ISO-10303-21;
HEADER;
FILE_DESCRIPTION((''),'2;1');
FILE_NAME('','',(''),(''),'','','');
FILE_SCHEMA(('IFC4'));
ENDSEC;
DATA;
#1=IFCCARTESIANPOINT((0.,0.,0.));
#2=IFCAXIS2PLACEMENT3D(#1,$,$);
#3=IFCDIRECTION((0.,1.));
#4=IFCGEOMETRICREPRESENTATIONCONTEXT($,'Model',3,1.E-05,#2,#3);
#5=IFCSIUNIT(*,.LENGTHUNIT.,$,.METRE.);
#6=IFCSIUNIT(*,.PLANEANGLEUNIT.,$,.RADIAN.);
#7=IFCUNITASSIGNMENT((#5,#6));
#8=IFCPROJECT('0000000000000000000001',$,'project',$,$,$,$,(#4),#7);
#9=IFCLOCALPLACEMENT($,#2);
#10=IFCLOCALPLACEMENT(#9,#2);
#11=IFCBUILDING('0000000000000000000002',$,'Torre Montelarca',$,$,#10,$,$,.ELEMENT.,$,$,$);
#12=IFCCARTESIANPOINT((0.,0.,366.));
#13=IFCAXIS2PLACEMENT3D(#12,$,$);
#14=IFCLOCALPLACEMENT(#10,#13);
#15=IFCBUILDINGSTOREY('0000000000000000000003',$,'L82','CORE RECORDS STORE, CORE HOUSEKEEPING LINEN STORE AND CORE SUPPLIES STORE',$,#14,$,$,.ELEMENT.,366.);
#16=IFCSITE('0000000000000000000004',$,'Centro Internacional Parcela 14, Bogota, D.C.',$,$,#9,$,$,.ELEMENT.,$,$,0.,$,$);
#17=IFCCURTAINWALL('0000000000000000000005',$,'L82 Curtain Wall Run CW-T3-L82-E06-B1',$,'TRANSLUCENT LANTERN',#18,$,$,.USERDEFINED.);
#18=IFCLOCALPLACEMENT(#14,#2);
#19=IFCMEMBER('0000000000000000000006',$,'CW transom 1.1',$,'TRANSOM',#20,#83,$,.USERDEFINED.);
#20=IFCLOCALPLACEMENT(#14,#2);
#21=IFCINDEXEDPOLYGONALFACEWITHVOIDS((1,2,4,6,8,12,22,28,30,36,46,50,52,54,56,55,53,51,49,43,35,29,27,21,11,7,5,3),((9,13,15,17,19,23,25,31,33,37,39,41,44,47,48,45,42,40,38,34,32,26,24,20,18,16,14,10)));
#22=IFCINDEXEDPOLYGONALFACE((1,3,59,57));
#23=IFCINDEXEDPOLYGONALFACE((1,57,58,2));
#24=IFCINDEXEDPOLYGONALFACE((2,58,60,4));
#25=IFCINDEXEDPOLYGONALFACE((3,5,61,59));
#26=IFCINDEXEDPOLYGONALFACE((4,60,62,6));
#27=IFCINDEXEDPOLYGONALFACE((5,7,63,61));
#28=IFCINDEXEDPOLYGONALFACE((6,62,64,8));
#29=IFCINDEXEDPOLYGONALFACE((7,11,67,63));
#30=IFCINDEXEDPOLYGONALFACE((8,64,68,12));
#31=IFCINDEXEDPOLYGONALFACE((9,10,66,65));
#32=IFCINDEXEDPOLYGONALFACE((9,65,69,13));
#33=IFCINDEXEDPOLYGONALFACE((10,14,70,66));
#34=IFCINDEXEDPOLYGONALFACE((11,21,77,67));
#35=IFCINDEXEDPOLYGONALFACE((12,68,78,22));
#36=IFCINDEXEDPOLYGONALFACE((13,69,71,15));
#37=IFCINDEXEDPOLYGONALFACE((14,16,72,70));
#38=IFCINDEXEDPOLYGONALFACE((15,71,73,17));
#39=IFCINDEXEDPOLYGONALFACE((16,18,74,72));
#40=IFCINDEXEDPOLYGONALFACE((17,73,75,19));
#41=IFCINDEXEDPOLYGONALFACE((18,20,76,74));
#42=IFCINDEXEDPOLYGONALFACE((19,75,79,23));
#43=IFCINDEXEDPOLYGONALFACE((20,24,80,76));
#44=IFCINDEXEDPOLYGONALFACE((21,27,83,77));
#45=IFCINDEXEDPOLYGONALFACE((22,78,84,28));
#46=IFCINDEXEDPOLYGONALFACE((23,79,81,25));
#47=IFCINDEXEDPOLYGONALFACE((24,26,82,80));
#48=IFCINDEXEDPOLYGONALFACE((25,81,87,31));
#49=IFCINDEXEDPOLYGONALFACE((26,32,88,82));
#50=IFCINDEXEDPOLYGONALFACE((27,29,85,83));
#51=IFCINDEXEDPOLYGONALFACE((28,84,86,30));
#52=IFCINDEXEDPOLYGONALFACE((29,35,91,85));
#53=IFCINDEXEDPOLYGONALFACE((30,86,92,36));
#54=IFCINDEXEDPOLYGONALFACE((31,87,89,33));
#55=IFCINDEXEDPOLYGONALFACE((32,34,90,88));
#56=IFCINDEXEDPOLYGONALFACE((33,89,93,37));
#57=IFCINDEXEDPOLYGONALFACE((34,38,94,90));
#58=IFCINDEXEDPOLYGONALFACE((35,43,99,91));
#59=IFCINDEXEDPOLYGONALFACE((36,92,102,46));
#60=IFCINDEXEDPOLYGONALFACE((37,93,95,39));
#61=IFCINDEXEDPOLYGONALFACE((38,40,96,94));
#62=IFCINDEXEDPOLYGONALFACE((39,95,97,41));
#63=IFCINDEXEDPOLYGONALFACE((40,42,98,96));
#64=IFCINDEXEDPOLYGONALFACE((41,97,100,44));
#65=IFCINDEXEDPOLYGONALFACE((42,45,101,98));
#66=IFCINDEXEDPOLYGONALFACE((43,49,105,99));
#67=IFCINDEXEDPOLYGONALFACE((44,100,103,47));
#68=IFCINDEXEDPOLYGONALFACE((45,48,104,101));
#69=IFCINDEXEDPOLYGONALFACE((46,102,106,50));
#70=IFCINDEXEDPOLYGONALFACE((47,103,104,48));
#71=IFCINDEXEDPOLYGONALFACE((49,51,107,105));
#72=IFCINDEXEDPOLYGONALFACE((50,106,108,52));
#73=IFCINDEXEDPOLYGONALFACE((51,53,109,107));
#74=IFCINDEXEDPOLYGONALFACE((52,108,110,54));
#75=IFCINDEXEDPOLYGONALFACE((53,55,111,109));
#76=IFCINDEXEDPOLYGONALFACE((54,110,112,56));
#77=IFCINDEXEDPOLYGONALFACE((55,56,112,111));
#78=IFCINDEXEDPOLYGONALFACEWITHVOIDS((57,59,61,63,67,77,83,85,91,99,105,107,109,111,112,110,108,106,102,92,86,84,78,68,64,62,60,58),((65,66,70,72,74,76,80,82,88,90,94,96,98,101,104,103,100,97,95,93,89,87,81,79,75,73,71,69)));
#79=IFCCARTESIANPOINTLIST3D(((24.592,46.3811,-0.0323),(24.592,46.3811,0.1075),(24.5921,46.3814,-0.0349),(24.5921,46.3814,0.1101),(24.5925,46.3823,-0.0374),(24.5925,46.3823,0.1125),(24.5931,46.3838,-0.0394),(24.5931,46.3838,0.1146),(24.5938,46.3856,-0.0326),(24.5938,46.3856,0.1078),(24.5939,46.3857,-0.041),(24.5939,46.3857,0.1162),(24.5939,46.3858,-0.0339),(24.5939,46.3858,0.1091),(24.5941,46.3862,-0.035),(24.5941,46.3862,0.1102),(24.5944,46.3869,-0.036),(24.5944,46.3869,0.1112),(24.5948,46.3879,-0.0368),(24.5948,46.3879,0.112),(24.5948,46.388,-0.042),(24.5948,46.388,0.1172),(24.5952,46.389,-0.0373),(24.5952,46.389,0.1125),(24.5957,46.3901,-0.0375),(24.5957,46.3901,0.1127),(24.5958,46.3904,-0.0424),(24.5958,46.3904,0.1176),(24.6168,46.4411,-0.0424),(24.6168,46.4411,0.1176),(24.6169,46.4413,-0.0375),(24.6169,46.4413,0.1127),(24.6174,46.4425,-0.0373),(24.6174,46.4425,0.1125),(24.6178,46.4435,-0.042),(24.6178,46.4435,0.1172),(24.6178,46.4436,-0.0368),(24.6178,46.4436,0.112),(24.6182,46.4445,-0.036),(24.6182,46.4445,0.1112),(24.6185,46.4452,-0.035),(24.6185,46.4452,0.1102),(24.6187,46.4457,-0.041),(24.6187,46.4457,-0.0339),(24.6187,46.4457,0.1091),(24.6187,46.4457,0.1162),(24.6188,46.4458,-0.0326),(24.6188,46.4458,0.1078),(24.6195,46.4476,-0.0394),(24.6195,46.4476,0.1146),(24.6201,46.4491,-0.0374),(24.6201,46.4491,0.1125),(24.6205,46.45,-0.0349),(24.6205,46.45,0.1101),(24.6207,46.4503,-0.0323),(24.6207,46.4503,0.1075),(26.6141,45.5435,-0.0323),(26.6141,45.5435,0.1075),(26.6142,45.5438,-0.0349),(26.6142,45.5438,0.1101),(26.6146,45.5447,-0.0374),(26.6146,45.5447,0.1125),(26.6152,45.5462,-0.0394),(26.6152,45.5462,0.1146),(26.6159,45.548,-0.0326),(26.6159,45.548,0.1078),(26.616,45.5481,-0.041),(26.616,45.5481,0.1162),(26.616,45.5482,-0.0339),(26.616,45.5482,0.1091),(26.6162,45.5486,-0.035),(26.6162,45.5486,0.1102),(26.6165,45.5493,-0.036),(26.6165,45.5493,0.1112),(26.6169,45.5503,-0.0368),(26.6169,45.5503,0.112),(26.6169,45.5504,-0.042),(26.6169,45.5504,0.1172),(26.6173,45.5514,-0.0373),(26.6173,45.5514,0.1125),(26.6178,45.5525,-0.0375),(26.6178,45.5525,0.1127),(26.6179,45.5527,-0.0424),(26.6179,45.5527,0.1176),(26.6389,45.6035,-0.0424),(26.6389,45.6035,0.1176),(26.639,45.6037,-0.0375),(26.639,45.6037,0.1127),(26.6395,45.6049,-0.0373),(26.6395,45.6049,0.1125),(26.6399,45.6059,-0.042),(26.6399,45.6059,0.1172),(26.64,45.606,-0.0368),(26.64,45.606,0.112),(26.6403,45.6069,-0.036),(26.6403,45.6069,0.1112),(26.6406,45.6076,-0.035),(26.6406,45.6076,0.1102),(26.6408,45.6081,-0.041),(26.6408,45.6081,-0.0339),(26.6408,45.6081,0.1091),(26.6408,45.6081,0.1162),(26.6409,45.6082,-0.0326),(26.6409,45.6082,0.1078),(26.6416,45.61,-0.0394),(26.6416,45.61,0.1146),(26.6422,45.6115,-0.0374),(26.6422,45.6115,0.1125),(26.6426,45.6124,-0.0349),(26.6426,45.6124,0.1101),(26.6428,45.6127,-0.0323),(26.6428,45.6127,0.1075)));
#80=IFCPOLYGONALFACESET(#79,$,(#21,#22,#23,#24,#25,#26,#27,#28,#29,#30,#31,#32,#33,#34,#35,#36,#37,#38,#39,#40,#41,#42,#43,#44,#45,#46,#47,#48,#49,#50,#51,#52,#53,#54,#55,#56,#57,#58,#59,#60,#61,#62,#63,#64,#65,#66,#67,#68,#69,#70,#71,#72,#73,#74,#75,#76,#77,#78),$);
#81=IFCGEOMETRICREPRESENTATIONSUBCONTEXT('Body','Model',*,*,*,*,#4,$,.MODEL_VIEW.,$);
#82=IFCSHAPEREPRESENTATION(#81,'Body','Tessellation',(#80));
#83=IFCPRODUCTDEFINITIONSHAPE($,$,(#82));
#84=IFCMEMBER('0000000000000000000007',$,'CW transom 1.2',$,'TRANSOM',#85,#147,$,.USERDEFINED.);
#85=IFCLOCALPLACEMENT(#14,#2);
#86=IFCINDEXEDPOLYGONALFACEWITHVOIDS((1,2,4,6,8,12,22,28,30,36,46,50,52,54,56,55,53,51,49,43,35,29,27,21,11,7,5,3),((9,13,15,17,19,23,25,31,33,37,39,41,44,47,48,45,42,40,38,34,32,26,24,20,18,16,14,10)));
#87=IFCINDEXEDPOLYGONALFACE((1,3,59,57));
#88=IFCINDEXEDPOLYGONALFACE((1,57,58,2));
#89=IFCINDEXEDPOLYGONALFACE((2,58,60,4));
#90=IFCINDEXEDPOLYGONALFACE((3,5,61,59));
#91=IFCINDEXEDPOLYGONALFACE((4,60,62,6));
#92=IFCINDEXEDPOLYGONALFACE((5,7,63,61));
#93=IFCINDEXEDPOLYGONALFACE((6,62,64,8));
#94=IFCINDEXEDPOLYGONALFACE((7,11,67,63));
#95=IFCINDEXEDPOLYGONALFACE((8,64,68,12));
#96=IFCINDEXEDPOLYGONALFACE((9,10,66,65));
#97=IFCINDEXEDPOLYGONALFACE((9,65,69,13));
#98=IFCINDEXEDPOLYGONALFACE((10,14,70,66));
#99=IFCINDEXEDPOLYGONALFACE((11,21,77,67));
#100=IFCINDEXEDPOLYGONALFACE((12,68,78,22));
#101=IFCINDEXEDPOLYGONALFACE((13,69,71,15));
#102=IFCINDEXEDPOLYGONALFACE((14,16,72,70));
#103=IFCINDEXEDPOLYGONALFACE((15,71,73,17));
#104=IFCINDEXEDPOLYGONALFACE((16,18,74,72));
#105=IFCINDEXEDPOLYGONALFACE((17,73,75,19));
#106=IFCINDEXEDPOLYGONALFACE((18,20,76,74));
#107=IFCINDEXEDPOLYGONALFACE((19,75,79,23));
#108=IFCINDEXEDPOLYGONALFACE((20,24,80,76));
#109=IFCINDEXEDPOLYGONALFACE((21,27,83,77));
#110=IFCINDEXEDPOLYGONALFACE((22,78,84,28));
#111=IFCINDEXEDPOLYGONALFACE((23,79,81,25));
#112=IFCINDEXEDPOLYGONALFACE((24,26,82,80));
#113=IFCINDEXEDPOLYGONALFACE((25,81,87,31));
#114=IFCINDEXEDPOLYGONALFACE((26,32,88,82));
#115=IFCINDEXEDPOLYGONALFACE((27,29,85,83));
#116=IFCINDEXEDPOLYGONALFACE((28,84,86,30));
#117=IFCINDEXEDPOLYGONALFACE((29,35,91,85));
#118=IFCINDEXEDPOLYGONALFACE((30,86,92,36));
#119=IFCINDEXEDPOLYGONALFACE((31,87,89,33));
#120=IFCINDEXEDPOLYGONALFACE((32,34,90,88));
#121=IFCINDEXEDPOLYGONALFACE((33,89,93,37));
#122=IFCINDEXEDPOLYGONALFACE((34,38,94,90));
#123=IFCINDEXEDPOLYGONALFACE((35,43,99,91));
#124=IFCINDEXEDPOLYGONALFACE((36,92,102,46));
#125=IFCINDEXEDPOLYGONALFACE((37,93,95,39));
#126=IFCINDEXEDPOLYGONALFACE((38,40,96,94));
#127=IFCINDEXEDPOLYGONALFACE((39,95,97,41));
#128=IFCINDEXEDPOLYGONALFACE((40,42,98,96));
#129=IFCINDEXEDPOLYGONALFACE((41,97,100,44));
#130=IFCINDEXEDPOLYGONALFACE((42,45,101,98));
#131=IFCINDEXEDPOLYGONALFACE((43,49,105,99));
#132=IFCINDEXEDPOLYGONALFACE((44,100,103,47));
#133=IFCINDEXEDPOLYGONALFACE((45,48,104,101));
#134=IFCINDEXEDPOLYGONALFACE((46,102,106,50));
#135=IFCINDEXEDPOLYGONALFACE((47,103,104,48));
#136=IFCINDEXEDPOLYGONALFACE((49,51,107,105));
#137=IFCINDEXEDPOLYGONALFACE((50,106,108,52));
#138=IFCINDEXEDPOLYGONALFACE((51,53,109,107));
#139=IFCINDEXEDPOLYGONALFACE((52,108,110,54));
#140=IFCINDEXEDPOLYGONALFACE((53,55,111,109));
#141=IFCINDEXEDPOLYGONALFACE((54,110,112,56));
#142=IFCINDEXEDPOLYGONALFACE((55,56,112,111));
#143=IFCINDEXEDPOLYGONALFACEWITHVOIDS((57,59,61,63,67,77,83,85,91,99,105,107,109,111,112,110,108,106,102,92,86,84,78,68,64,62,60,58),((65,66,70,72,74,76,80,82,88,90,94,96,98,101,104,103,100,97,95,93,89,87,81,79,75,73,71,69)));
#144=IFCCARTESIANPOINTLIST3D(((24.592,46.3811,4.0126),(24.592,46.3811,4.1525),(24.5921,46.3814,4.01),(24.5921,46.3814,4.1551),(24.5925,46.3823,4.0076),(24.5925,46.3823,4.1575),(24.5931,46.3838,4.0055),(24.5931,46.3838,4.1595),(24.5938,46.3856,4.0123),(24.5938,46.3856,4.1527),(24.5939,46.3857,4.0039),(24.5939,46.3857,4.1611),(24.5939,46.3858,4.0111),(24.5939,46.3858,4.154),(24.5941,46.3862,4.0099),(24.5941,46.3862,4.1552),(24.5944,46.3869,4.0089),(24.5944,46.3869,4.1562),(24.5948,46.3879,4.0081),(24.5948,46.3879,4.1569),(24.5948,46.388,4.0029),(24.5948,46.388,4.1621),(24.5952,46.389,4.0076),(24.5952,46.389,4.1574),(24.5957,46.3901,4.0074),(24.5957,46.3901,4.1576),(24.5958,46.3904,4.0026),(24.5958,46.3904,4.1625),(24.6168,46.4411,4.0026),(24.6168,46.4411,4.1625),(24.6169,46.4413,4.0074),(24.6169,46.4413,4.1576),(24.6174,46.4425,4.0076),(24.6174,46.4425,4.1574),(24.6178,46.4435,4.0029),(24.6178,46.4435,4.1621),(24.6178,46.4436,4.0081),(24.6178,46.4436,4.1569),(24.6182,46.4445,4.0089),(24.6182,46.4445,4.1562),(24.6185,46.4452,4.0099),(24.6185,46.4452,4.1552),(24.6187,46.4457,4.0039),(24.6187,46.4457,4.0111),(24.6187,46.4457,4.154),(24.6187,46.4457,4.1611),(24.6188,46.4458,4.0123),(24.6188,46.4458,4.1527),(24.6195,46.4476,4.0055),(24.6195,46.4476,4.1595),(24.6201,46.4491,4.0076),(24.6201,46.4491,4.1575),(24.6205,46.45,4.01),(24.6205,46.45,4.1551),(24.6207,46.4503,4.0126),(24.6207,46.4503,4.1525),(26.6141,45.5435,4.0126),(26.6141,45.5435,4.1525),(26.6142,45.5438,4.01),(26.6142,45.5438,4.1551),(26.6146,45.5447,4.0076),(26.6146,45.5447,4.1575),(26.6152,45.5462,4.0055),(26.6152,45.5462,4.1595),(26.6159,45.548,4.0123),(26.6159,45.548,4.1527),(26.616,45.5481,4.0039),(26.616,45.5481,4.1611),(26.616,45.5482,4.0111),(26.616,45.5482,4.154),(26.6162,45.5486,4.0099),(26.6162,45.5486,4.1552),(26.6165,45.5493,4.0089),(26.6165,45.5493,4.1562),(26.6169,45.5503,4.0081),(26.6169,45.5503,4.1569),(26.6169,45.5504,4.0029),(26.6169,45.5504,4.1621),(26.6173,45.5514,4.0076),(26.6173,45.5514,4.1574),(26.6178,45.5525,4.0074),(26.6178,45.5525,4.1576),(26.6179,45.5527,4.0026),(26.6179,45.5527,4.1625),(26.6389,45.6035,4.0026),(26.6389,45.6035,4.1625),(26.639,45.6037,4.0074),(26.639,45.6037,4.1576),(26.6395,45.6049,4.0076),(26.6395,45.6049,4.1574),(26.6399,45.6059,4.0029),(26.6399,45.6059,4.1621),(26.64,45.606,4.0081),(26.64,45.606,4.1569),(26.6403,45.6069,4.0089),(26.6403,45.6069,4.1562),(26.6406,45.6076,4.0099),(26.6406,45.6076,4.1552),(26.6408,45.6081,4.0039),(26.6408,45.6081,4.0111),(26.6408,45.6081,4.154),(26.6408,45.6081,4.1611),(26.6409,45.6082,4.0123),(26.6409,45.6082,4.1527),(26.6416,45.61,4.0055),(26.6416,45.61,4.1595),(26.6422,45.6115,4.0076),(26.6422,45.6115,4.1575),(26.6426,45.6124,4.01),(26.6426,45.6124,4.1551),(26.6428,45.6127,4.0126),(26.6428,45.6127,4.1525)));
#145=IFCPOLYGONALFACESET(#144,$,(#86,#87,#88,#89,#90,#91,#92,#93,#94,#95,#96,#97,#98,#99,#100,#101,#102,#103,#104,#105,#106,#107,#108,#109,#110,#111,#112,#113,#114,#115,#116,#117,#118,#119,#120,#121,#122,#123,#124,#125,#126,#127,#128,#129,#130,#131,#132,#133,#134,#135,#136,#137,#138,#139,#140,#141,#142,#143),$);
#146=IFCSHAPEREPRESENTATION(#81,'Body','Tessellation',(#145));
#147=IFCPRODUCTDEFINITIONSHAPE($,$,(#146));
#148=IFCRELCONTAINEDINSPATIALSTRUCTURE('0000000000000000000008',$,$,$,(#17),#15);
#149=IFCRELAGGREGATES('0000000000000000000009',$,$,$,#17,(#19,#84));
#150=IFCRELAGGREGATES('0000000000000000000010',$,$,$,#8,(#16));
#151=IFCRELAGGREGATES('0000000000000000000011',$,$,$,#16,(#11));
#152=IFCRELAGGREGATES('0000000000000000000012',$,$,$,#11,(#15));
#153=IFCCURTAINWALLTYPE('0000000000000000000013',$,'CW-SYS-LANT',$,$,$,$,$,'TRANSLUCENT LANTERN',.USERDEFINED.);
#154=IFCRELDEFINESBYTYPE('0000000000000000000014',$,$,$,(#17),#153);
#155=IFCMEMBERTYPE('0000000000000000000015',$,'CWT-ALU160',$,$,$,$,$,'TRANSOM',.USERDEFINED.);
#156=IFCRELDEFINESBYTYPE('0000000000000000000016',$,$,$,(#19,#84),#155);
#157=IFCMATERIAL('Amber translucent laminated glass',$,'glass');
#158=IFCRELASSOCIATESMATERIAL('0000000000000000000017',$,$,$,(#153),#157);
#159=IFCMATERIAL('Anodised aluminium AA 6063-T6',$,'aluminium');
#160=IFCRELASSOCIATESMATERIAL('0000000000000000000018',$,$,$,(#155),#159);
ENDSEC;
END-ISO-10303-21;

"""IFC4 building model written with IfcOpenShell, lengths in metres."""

from ifc_helpers import new_model, si_unit, direction, frame, origin, origin_2d, place, context, subcontext, project, spatial, hollow_rectangle, extrude, source, transform, mapped, material, material_profile, profile_set, type_object, element, aggregate, save


model = new_model("IFC4")

# Units and contexts
model_context = context("Model", 3, precision=1e-05, world=origin(), true_north=direction((0.0, 1.0)))
body_context = subcontext(model_context, "Body", "Model", "MODEL_VIEW")
ifc_project = project(units=[si_unit("LENGTHUNIT", "METRE"), si_unit("PLANEANGLEUNIT", "RADIAN")], contexts=[model_context])

# Site, building, storey
site_placement = place(None, origin())
site = spatial("IfcSite", under=ifc_project, at=site_placement, Name="Centro Internacional Parcela 14, Bogota, D.C.", CompositionType="ELEMENT", RefElevation=0.0)
building_placement = place(site_placement, origin())
building = spatial("IfcBuilding", under=site, at=building_placement, Name="Torre Montelarca", CompositionType="ELEMENT")
storey_placement = place(building_placement, frame((0.0, 0.0, 366.0)))
storey = spatial("IfcBuildingStorey", under=building, at=storey_placement, Name="L82", Description="CORE RECORDS STORE, CORE HOUSEKEEPING LINEN STORE AND CORE SUPPLIES STORE", CompositionType="ELEMENT", Elevation=366.0)

# Curtain wall
ifc_material_1 = material(Name="Amber translucent laminated glass", Category="glass")
curtain_wall_type = type_object("IfcCurtainWallType", Name="CW-SYS-LANT", ElementType="TRANSLUCENT LANTERN", PredefinedType="USERDEFINED", material=ifc_material_1)
curtain_wall_1_placement = place(storey_placement, origin())
curtain_wall_1 = element("IfcCurtainWall", 1, at=curtain_wall_1_placement, inside=storey, type_object=curtain_wall_type, Name="L82 Curtain Wall Run CW-T3-L82-E06-B1", ObjectType="TRANSLUCENT LANTERN", PredefinedType="USERDEFINED")
ifc_material_2 = material(Name="Anodised aluminium AA 6063-T6", Category="aluminium")

# Members
ifc_material_profile_1 = material_profile(ifc_material_2, hollow_rectangle(XDim=0.075, YDim=0.1599, WallThickness=0.0049, InnerFilletRadius=0.0049, OuterFilletRadius=0.01, at=origin_2d()), Name="ALU75X160X5", Category="aluminium")
ifc_profile_set_1 = profile_set([ifc_material_profile_1], Name="Anodised aluminium AA 6063-T6")
member_type_1 = type_object("IfcMemberType", Name="CWT-ALU160", ElementType="TRANSOM", PredefinedType="USERDEFINED", material=ifc_profile_set_1)
shared_shape_1 = source(origin(), body_context, "Body", "SweptSolid", [
    extrude(hollow_rectangle(XDim=0.075, YDim=0.1599, WallThickness=0.0049, InnerFilletRadius=0.0049, OuterFilletRadius=0.01, at=origin_2d()), origin(), (0.0, 0.0, 1.0), 2.1887),
])
member_1_placement = place(storey_placement, frame((26.6284, 45.5781, 0.0376), z_axis=(-0.923877, 0.38269, 0.0), x_axis=(-0.38269, -0.923877, 0.0)))
member_1 = element("IfcMember", 2, at=member_1_placement, type_object=member_type_1, Name="CW transom 1.1", ObjectType="TRANSOM", PredefinedType="USERDEFINED", context=body_context, shape_type="MappedRepresentation", body=[
    mapped(shared_shape_1, transform((0.0, 0.0, 0.0), scale=1.0)),
])
member_2_placement = place(storey_placement, frame((26.6284, 45.5781, 4.0825), z_axis=(-0.923877, 0.38269, 0.0), x_axis=(-0.38269, -0.923877, 0.0)))
member_2 = element("IfcMember", 3, at=member_2_placement, type_object=member_type_1, Name="CW transom 1.2", ObjectType="TRANSOM", PredefinedType="USERDEFINED", context=body_context, shape_type="MappedRepresentation", body=[
    mapped(shared_shape_1, transform((0.0, 0.0, 0.0), scale=1.0)),
])

aggregate(curtain_wall_1, [member_1, member_2])

save(model, "model.ifc")
